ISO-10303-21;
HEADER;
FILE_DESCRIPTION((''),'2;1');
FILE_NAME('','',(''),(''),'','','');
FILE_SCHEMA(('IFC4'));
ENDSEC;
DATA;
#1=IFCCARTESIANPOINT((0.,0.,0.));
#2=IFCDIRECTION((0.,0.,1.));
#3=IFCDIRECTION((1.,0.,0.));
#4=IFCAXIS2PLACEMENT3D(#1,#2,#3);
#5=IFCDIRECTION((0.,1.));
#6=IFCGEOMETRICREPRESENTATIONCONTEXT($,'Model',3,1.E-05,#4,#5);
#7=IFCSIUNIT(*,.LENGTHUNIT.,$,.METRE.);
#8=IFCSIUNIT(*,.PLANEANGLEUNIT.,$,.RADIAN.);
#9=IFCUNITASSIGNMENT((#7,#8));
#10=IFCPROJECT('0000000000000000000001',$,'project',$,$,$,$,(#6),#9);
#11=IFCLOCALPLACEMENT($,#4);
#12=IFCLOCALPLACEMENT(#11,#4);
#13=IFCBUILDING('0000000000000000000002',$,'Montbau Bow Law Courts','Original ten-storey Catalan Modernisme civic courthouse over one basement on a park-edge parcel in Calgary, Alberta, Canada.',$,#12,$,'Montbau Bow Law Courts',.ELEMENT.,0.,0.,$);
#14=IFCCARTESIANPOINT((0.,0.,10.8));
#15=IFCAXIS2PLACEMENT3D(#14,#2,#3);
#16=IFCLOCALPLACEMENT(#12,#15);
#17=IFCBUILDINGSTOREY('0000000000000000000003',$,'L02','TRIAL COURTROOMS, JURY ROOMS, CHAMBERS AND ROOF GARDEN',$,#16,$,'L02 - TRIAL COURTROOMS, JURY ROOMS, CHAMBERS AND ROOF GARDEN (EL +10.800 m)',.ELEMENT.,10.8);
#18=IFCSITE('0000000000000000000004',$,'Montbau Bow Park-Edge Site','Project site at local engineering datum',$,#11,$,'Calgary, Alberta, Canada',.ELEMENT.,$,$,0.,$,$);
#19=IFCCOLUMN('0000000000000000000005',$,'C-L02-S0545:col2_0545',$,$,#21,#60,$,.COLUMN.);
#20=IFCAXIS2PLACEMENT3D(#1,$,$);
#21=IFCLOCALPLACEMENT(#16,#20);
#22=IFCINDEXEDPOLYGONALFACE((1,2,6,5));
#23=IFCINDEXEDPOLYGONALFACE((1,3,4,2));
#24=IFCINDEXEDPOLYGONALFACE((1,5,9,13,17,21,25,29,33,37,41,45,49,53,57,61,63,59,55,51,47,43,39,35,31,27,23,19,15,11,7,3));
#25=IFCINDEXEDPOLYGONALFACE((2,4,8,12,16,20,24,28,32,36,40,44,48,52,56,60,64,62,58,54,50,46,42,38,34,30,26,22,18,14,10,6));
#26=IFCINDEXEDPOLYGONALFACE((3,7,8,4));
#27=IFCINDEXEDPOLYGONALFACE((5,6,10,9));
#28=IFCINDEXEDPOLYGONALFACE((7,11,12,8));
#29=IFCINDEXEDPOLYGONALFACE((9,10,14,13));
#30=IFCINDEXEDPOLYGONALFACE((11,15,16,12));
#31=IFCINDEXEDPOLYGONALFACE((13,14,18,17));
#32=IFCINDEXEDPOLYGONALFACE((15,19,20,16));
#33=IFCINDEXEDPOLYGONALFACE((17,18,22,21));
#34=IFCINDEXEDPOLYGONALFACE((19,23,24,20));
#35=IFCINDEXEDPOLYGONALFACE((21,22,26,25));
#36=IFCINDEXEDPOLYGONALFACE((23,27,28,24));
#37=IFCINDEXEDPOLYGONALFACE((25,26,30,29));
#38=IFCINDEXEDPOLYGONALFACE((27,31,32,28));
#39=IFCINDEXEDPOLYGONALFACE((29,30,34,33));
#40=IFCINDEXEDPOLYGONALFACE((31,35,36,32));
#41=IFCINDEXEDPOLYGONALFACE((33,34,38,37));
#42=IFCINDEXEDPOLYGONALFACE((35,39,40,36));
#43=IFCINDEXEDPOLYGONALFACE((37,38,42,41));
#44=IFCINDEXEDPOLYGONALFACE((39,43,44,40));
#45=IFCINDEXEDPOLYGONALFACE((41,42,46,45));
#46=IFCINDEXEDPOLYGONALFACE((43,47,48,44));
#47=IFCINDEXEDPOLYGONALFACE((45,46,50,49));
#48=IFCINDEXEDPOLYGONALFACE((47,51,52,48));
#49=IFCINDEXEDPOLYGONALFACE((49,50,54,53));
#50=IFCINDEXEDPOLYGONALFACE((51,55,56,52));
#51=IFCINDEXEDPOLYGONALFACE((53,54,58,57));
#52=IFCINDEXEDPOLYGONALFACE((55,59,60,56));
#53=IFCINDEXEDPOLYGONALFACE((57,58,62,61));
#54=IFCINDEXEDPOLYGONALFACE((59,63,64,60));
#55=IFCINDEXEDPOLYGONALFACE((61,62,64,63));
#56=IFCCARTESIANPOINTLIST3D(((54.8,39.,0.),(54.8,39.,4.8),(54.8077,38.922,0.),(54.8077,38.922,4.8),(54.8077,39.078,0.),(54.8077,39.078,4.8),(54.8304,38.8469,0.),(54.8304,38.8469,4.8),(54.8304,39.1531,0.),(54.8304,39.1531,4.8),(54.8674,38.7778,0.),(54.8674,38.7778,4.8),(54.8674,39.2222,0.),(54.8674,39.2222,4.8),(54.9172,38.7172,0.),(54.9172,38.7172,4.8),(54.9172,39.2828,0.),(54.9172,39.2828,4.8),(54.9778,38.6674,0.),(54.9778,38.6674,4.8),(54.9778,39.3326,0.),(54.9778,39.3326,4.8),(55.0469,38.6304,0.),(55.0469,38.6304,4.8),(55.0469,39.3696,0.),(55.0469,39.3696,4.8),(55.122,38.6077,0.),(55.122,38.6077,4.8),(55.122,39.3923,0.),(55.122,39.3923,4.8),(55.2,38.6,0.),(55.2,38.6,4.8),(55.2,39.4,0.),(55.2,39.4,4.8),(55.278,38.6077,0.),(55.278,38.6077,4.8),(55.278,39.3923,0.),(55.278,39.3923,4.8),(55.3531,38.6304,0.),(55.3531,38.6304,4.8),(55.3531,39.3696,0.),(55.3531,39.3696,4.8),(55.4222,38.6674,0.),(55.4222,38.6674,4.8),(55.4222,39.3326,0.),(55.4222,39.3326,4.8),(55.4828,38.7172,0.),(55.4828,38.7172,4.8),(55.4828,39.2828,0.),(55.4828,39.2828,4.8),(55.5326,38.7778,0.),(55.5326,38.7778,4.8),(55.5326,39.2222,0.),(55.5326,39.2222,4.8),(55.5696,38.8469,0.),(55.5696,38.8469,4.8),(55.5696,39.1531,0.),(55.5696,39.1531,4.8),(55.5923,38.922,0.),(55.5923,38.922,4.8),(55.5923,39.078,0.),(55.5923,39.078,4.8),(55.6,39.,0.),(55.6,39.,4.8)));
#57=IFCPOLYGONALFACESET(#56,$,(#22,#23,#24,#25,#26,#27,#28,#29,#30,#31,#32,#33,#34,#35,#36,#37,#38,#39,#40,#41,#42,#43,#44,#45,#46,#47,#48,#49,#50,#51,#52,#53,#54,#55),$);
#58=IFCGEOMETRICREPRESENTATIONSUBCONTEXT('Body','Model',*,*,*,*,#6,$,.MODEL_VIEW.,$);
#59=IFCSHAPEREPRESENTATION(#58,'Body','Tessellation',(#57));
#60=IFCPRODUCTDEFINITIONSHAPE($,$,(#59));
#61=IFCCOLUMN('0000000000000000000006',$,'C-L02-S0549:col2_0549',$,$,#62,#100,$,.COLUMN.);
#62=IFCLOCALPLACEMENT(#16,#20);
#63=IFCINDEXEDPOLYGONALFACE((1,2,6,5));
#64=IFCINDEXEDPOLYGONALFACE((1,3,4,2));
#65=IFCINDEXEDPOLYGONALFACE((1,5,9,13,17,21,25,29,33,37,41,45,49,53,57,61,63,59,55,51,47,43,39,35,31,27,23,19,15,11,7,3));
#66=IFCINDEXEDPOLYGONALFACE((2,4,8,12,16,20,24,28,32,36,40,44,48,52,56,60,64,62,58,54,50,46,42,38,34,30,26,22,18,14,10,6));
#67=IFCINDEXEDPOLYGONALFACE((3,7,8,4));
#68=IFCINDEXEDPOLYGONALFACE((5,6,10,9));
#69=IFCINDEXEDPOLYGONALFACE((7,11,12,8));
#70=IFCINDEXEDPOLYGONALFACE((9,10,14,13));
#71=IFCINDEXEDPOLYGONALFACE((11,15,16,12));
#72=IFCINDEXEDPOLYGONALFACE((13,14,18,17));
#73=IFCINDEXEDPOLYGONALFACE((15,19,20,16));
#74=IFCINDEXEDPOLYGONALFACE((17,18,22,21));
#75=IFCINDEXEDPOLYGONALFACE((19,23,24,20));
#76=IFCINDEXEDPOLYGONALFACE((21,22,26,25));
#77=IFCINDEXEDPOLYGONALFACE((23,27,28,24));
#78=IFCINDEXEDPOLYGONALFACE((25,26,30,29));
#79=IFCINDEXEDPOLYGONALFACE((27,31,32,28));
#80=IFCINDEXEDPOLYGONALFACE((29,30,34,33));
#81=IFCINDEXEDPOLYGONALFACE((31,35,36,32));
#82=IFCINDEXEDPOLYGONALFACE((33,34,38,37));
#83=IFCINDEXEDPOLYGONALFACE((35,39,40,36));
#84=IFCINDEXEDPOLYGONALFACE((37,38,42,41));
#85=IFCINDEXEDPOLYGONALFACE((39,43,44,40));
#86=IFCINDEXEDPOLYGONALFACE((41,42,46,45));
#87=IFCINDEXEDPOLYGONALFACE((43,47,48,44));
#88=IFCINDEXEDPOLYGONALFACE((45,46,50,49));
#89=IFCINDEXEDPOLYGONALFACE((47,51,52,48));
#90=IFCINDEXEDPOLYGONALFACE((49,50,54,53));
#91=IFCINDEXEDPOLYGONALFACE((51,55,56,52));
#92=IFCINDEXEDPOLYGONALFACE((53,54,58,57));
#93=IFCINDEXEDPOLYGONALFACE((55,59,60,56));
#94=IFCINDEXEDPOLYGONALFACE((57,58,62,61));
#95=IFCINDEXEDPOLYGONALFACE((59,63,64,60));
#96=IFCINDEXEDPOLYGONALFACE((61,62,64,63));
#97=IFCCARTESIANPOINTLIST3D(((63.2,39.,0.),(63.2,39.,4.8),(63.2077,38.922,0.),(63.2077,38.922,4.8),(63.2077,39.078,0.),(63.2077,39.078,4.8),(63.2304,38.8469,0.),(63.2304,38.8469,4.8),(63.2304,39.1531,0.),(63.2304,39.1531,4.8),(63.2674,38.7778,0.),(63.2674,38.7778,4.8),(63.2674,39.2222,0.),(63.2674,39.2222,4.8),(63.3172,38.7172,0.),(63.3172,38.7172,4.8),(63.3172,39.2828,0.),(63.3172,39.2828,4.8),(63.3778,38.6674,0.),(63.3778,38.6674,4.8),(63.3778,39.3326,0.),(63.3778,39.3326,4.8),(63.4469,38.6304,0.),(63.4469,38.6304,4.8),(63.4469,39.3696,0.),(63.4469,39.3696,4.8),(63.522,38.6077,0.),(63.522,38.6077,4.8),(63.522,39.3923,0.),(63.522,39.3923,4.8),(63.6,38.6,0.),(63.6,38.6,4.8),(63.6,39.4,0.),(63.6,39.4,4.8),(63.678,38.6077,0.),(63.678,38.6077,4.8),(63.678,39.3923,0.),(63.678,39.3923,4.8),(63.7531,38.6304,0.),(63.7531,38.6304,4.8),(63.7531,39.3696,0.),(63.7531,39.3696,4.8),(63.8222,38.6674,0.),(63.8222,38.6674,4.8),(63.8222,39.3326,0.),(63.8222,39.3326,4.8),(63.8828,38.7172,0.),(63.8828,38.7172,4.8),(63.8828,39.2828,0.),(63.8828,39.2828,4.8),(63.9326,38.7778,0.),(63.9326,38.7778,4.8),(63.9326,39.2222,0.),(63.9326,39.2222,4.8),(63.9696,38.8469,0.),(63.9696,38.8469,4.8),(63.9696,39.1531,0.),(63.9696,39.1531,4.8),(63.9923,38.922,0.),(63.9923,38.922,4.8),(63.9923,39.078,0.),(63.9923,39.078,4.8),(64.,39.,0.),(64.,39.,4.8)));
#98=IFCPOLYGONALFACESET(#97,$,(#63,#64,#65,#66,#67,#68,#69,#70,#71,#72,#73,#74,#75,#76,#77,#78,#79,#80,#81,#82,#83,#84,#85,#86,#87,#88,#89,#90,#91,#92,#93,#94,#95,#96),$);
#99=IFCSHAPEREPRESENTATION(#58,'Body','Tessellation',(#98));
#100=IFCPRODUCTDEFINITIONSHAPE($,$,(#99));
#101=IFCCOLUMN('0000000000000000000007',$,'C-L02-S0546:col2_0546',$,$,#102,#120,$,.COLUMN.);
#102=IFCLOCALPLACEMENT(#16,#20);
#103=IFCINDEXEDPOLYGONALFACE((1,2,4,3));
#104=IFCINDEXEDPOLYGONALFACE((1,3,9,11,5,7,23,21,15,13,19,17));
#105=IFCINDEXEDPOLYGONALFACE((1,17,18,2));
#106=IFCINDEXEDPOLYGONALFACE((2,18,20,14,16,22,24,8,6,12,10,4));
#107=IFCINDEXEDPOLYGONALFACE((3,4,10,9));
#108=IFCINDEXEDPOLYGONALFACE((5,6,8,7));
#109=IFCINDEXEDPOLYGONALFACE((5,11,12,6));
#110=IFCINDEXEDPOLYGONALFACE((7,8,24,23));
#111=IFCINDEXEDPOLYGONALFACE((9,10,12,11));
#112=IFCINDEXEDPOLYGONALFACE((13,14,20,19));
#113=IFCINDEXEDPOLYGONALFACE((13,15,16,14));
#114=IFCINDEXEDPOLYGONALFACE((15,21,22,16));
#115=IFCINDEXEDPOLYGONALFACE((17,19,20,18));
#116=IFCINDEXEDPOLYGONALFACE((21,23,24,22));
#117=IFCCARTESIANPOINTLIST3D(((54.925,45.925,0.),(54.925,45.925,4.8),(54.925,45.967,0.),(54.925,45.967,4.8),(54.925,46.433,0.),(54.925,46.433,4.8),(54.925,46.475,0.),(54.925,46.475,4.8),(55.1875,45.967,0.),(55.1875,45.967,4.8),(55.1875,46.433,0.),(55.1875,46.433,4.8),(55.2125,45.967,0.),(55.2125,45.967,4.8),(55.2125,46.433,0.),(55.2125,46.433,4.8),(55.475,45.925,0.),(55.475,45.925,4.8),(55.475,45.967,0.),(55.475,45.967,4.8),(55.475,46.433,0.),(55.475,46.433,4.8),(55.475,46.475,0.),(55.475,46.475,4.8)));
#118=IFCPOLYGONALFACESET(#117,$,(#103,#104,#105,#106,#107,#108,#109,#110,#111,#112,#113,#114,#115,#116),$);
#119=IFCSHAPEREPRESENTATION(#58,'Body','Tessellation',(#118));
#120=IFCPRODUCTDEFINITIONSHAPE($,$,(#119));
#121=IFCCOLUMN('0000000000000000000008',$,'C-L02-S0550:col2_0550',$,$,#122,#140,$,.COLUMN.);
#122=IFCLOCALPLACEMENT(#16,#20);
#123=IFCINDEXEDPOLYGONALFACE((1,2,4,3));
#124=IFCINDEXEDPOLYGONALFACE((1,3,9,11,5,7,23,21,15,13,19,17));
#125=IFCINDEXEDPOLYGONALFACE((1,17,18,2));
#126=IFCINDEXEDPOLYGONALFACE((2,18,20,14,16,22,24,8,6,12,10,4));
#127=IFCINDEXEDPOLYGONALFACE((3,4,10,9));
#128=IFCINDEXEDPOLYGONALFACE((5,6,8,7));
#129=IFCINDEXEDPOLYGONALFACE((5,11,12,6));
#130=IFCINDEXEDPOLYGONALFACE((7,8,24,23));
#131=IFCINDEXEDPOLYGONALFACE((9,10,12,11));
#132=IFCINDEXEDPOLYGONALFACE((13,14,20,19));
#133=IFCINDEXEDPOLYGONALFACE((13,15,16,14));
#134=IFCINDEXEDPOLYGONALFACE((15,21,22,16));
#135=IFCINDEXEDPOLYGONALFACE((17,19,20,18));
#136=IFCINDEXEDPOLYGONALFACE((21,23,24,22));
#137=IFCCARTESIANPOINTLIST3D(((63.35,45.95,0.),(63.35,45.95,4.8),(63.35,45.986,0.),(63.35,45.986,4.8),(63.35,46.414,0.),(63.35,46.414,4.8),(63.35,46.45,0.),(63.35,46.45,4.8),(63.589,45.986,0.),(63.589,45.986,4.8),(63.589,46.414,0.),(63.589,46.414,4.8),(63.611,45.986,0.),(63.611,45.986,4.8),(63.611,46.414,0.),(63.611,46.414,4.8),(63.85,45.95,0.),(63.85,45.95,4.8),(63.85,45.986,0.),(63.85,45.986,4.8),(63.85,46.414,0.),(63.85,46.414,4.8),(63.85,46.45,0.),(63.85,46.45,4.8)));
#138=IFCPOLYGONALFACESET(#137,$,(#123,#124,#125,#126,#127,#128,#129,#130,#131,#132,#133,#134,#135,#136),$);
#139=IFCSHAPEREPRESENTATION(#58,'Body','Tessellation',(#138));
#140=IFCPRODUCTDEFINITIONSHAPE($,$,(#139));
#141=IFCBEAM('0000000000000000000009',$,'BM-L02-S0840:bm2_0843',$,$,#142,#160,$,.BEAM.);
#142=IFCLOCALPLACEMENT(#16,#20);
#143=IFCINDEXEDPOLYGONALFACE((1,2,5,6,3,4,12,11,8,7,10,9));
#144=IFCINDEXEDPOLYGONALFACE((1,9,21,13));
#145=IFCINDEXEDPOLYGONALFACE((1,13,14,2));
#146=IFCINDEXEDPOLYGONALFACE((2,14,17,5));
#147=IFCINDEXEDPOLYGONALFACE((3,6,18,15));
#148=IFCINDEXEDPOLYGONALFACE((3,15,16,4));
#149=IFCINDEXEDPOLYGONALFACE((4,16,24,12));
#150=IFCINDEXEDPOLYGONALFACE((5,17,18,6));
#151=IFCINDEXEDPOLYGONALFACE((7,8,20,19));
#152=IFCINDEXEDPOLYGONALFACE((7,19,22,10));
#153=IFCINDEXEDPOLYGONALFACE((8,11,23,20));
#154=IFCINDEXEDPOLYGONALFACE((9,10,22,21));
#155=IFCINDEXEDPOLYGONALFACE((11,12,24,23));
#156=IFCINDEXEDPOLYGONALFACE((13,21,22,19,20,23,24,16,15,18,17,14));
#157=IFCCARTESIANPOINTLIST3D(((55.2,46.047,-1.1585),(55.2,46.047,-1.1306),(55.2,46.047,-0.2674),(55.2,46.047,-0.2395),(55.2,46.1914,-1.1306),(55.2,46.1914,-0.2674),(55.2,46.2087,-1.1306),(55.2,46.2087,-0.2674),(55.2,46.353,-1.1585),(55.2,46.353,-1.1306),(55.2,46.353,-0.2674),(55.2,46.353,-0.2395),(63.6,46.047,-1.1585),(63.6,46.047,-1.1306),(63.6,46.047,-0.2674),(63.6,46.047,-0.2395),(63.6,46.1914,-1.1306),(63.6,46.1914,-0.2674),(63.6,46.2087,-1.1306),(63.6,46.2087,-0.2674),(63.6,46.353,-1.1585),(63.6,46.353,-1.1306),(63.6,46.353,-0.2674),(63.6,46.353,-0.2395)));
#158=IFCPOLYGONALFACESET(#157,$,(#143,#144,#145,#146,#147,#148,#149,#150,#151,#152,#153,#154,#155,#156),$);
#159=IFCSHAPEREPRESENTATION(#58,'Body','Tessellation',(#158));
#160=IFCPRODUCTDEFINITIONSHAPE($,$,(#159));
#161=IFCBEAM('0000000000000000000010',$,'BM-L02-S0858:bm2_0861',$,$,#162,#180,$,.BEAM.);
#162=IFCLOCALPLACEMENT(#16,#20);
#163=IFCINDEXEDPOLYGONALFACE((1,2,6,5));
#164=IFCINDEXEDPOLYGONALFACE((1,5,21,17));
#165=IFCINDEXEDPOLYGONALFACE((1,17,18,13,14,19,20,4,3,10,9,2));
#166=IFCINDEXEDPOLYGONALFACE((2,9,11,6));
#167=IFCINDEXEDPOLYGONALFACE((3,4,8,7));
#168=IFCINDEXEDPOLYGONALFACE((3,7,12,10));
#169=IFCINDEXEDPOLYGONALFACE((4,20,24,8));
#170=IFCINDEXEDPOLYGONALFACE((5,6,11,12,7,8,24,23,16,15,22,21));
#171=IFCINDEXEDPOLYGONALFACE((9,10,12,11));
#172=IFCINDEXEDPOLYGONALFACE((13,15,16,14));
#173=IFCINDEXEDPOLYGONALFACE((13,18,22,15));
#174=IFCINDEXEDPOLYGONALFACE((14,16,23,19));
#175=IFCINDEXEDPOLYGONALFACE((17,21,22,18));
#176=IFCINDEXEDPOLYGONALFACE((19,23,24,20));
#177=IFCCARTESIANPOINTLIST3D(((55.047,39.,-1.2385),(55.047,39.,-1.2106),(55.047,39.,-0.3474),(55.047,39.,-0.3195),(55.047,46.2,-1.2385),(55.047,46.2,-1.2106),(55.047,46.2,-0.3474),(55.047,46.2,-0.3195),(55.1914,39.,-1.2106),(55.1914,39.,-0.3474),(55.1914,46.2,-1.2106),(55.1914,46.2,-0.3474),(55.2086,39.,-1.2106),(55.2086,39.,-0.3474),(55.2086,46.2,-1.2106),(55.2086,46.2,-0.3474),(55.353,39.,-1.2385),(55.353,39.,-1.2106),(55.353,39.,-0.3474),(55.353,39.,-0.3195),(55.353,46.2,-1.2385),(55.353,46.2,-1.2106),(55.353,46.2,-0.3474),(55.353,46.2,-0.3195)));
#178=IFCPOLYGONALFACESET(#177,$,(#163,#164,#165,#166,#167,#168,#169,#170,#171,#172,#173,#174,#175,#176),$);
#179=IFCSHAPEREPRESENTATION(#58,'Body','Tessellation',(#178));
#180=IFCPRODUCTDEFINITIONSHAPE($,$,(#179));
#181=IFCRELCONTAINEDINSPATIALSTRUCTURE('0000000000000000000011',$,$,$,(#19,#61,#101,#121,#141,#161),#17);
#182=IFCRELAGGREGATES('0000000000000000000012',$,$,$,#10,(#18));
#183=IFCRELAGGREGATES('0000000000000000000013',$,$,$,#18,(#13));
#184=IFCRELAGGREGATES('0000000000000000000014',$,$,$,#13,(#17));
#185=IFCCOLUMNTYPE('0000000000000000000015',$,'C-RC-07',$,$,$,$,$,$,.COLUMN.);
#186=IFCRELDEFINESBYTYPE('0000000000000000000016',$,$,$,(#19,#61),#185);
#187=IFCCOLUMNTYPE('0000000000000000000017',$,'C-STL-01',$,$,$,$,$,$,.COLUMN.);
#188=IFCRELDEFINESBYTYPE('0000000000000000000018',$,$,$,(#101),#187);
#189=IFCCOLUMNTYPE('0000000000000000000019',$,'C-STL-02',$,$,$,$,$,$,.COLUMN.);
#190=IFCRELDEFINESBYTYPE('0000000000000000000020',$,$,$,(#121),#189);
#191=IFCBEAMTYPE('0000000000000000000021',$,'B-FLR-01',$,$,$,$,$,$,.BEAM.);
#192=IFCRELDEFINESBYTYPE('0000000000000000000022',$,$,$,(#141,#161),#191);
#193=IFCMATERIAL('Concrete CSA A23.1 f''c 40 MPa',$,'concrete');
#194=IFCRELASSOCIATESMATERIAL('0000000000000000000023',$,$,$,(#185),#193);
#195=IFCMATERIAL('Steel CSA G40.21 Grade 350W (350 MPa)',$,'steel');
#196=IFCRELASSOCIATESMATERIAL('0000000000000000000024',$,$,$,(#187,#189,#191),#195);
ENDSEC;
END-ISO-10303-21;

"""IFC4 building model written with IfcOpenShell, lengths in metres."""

from ifc_helpers import new_model, si_unit, direction, frame, origin_with_axes, origin_2d_with_axis, place, context, subcontext, project, spatial, circle, i_section, extrude, material, material_profile, profile_set, type_object, element, save


model = new_model("IFC4")

# Units and contexts
model_context = context("Model", 3, precision=1e-05, world=origin_with_axes(), true_north=direction((0.0, 1.0)))
body_context = subcontext(model_context, "Body", "Model", "MODEL_VIEW")
ifc_project = project(units=[si_unit("LENGTHUNIT", "METRE"), si_unit("PLANEANGLEUNIT", "RADIAN")], contexts=[model_context])

# Site, building, storey
site_placement = place(None, origin_with_axes())
site = spatial("IfcSite", under=ifc_project, at=site_placement, Name="Montbau Bow Park-Edge Site", Description="Project site at local engineering datum", LongName="Calgary, Alberta, Canada", CompositionType="ELEMENT", RefElevation=0.0)
building_placement = place(site_placement, origin_with_axes())
building = spatial("IfcBuilding", under=site, at=building_placement, Name="Montbau Bow Law Courts", Description="Original ten-storey Catalan Modernisme civic courthouse over one basement on a park-edge parcel in Calgary, Alberta, Canada.", LongName="Montbau Bow Law Courts", CompositionType="ELEMENT", ElevationOfRefHeight=0.0, ElevationOfTerrain=0.0)
storey_placement = place(building_placement, frame((0.0, 0.0, 10.8), z_axis=(0.0, 0.0, 1.0), x_axis=(1.0, 0.0, 0.0)))
storey = spatial("IfcBuildingStorey", under=building, at=storey_placement, Name="L02", Description="TRIAL COURTROOMS, JURY ROOMS, CHAMBERS AND ROOF GARDEN", LongName="L02 - TRIAL COURTROOMS, JURY ROOMS, CHAMBERS AND ROOF GARDEN (EL +10.800 m)", CompositionType="ELEMENT", Elevation=10.8)

# Columns
ifc_material_1 = material(Name="Concrete CSA A23.1 f'c 40 MPa", Category="concrete")
ifc_material_profile_1 = material_profile(ifc_material_1, circle(Radius=0.4, at=origin_2d_with_axis()), Name="RC800D", Category="Main", Priority=0)
ifc_profile_set_1 = profile_set([ifc_material_profile_1], Name="Concrete CSA A23.1 f'c 40 MPa")
column_type_1 = type_object("IfcColumnType", Name="C-RC-07", PredefinedType="COLUMN", material=ifc_profile_set_1)
for number, where, z_axis, x_axis, name in (
    (1, (55.2, 39.0, 10.8), (0.0, 0.0, 1.0), (1.0, 0.0, 0.0), "C-L02-S0545:col2_0545"),
    (2, (63.6, 39.0, 10.8), (0.0, 0.0, 1.0), (1.0, 0.0, 0.0), "C-L02-S0549:col2_0549"),
):
    element("IfcColumn", number, at=place(None, frame(where, z_axis=z_axis, x_axis=x_axis)), inside=storey, type_object=column_type_1, Name=name, PredefinedType="COLUMN", context=body_context, shape_type="SweptSolid", body=[
        extrude(circle(Radius=0.4, at=origin_2d_with_axis()), origin_with_axes(), (0.0, 0.0, 1.0), 4.8),
    ])
ifc_material_2 = material(Name="Steel CSA G40.21 Grade 350W (350 MPa)", Category="steel")
ifc_material_profile_2 = material_profile(ifc_material_2, i_section(OverallWidth=0.55, OverallDepth=0.55, WebThickness=0.025, FlangeThickness=0.042, at=origin_2d_with_axis()), Name="WWF550X420", Category="Main", Priority=0)
ifc_profile_set_2 = profile_set([ifc_material_profile_2], Name="Steel CSA G40.21 Grade 350W (350 MPa)")
column_type_2 = type_object("IfcColumnType", Name="C-STL-01", PredefinedType="COLUMN", material=ifc_profile_set_2)
column_1_placement = place(None, frame((55.2, 46.2, 10.8), z_axis=(0.0, 0.0, 1.0), x_axis=(1.0, 0.0, 0.0)))
element("IfcColumn", 3, at=column_1_placement, inside=storey, type_object=column_type_2, Name="C-L02-S0546:col2_0546", PredefinedType="COLUMN", context=body_context, shape_type="SweptSolid", body=[
    extrude(i_section(OverallWidth=0.55, OverallDepth=0.55, WebThickness=0.025, FlangeThickness=0.042, at=origin_2d_with_axis()), origin_with_axes(), (0.0, 0.0, 1.0), 4.8),
])
ifc_material_profile_3 = material_profile(ifc_material_2, i_section(OverallWidth=0.5, OverallDepth=0.5, WebThickness=0.022, FlangeThickness=0.036, at=origin_2d_with_axis()), Name="WWF500X343", Category="Main", Priority=0)
ifc_profile_set_3 = profile_set([ifc_material_profile_3], Name="Steel CSA G40.21 Grade 350W (350 MPa)")
column_type_3 = type_object("IfcColumnType", Name="C-STL-02", PredefinedType="COLUMN", material=ifc_profile_set_3)
column_2_placement = place(None, frame((63.6, 46.2, 10.8), z_axis=(0.0, 0.0, 1.0), x_axis=(1.0, 0.0, 0.0)))
element("IfcColumn", 4, at=column_2_placement, inside=storey, type_object=column_type_3, Name="C-L02-S0550:col2_0550", PredefinedType="COLUMN", context=body_context, shape_type="SweptSolid", body=[
    extrude(i_section(OverallWidth=0.5, OverallDepth=0.5, WebThickness=0.022, FlangeThickness=0.036, at=origin_2d_with_axis()), origin_with_axes(), (0.0, 0.0, 1.0), 4.8),
])

# Beams
ifc_material_profile_4 = material_profile(ifc_material_2, i_section(OverallWidth=0.306, OverallDepth=0.919, WebThickness=0.0173, FlangeThickness=0.0279, at=origin_2d_with_axis()), Name="W920X253", Category="Main", Priority=0)
ifc_profile_set_4 = profile_set([ifc_material_profile_4], Name="Steel CSA G40.21 Grade 350W (350 MPa)")
beam_type_1 = type_object("IfcBeamType", Name="B-FLR-01", PredefinedType="BEAM", material=ifc_profile_set_4)
beam_1_placement = place(None, frame((55.2, 46.2, 10.101), z_axis=(1.0, 0.0, 0.0), x_axis=(0.0, 1.0, 0.0)))
element("IfcBeam", 5, at=beam_1_placement, inside=storey, type_object=beam_type_1, Name="BM-L02-S0840:bm2_0843", PredefinedType="BEAM", context=body_context, shape_type="SweptSolid", body=[
    extrude(i_section(OverallWidth=0.306, OverallDepth=0.919, WebThickness=0.0173, FlangeThickness=0.0279, at=origin_2d_with_axis()), origin_with_axes(), (0.0, 0.0, 1.0), 8.4),
])
beam_2_placement = place(None, frame((55.2, 39.0, 10.021), z_axis=(0.0, 1.0, 0.0), x_axis=(-1.0, 0.0, 0.0)))
element("IfcBeam", 6, at=beam_2_placement, inside=storey, type_object=beam_type_1, Name="BM-L02-S0858:bm2_0861", PredefinedType="BEAM", context=body_context, shape_type="SweptSolid", body=[
    extrude(i_section(OverallWidth=0.306, OverallDepth=0.919, WebThickness=0.0173, FlangeThickness=0.0279, at=origin_2d_with_axis()), origin_with_axes(), (0.0, 0.0, 1.0), 7.2),
])

save(model, "model.ifc")
